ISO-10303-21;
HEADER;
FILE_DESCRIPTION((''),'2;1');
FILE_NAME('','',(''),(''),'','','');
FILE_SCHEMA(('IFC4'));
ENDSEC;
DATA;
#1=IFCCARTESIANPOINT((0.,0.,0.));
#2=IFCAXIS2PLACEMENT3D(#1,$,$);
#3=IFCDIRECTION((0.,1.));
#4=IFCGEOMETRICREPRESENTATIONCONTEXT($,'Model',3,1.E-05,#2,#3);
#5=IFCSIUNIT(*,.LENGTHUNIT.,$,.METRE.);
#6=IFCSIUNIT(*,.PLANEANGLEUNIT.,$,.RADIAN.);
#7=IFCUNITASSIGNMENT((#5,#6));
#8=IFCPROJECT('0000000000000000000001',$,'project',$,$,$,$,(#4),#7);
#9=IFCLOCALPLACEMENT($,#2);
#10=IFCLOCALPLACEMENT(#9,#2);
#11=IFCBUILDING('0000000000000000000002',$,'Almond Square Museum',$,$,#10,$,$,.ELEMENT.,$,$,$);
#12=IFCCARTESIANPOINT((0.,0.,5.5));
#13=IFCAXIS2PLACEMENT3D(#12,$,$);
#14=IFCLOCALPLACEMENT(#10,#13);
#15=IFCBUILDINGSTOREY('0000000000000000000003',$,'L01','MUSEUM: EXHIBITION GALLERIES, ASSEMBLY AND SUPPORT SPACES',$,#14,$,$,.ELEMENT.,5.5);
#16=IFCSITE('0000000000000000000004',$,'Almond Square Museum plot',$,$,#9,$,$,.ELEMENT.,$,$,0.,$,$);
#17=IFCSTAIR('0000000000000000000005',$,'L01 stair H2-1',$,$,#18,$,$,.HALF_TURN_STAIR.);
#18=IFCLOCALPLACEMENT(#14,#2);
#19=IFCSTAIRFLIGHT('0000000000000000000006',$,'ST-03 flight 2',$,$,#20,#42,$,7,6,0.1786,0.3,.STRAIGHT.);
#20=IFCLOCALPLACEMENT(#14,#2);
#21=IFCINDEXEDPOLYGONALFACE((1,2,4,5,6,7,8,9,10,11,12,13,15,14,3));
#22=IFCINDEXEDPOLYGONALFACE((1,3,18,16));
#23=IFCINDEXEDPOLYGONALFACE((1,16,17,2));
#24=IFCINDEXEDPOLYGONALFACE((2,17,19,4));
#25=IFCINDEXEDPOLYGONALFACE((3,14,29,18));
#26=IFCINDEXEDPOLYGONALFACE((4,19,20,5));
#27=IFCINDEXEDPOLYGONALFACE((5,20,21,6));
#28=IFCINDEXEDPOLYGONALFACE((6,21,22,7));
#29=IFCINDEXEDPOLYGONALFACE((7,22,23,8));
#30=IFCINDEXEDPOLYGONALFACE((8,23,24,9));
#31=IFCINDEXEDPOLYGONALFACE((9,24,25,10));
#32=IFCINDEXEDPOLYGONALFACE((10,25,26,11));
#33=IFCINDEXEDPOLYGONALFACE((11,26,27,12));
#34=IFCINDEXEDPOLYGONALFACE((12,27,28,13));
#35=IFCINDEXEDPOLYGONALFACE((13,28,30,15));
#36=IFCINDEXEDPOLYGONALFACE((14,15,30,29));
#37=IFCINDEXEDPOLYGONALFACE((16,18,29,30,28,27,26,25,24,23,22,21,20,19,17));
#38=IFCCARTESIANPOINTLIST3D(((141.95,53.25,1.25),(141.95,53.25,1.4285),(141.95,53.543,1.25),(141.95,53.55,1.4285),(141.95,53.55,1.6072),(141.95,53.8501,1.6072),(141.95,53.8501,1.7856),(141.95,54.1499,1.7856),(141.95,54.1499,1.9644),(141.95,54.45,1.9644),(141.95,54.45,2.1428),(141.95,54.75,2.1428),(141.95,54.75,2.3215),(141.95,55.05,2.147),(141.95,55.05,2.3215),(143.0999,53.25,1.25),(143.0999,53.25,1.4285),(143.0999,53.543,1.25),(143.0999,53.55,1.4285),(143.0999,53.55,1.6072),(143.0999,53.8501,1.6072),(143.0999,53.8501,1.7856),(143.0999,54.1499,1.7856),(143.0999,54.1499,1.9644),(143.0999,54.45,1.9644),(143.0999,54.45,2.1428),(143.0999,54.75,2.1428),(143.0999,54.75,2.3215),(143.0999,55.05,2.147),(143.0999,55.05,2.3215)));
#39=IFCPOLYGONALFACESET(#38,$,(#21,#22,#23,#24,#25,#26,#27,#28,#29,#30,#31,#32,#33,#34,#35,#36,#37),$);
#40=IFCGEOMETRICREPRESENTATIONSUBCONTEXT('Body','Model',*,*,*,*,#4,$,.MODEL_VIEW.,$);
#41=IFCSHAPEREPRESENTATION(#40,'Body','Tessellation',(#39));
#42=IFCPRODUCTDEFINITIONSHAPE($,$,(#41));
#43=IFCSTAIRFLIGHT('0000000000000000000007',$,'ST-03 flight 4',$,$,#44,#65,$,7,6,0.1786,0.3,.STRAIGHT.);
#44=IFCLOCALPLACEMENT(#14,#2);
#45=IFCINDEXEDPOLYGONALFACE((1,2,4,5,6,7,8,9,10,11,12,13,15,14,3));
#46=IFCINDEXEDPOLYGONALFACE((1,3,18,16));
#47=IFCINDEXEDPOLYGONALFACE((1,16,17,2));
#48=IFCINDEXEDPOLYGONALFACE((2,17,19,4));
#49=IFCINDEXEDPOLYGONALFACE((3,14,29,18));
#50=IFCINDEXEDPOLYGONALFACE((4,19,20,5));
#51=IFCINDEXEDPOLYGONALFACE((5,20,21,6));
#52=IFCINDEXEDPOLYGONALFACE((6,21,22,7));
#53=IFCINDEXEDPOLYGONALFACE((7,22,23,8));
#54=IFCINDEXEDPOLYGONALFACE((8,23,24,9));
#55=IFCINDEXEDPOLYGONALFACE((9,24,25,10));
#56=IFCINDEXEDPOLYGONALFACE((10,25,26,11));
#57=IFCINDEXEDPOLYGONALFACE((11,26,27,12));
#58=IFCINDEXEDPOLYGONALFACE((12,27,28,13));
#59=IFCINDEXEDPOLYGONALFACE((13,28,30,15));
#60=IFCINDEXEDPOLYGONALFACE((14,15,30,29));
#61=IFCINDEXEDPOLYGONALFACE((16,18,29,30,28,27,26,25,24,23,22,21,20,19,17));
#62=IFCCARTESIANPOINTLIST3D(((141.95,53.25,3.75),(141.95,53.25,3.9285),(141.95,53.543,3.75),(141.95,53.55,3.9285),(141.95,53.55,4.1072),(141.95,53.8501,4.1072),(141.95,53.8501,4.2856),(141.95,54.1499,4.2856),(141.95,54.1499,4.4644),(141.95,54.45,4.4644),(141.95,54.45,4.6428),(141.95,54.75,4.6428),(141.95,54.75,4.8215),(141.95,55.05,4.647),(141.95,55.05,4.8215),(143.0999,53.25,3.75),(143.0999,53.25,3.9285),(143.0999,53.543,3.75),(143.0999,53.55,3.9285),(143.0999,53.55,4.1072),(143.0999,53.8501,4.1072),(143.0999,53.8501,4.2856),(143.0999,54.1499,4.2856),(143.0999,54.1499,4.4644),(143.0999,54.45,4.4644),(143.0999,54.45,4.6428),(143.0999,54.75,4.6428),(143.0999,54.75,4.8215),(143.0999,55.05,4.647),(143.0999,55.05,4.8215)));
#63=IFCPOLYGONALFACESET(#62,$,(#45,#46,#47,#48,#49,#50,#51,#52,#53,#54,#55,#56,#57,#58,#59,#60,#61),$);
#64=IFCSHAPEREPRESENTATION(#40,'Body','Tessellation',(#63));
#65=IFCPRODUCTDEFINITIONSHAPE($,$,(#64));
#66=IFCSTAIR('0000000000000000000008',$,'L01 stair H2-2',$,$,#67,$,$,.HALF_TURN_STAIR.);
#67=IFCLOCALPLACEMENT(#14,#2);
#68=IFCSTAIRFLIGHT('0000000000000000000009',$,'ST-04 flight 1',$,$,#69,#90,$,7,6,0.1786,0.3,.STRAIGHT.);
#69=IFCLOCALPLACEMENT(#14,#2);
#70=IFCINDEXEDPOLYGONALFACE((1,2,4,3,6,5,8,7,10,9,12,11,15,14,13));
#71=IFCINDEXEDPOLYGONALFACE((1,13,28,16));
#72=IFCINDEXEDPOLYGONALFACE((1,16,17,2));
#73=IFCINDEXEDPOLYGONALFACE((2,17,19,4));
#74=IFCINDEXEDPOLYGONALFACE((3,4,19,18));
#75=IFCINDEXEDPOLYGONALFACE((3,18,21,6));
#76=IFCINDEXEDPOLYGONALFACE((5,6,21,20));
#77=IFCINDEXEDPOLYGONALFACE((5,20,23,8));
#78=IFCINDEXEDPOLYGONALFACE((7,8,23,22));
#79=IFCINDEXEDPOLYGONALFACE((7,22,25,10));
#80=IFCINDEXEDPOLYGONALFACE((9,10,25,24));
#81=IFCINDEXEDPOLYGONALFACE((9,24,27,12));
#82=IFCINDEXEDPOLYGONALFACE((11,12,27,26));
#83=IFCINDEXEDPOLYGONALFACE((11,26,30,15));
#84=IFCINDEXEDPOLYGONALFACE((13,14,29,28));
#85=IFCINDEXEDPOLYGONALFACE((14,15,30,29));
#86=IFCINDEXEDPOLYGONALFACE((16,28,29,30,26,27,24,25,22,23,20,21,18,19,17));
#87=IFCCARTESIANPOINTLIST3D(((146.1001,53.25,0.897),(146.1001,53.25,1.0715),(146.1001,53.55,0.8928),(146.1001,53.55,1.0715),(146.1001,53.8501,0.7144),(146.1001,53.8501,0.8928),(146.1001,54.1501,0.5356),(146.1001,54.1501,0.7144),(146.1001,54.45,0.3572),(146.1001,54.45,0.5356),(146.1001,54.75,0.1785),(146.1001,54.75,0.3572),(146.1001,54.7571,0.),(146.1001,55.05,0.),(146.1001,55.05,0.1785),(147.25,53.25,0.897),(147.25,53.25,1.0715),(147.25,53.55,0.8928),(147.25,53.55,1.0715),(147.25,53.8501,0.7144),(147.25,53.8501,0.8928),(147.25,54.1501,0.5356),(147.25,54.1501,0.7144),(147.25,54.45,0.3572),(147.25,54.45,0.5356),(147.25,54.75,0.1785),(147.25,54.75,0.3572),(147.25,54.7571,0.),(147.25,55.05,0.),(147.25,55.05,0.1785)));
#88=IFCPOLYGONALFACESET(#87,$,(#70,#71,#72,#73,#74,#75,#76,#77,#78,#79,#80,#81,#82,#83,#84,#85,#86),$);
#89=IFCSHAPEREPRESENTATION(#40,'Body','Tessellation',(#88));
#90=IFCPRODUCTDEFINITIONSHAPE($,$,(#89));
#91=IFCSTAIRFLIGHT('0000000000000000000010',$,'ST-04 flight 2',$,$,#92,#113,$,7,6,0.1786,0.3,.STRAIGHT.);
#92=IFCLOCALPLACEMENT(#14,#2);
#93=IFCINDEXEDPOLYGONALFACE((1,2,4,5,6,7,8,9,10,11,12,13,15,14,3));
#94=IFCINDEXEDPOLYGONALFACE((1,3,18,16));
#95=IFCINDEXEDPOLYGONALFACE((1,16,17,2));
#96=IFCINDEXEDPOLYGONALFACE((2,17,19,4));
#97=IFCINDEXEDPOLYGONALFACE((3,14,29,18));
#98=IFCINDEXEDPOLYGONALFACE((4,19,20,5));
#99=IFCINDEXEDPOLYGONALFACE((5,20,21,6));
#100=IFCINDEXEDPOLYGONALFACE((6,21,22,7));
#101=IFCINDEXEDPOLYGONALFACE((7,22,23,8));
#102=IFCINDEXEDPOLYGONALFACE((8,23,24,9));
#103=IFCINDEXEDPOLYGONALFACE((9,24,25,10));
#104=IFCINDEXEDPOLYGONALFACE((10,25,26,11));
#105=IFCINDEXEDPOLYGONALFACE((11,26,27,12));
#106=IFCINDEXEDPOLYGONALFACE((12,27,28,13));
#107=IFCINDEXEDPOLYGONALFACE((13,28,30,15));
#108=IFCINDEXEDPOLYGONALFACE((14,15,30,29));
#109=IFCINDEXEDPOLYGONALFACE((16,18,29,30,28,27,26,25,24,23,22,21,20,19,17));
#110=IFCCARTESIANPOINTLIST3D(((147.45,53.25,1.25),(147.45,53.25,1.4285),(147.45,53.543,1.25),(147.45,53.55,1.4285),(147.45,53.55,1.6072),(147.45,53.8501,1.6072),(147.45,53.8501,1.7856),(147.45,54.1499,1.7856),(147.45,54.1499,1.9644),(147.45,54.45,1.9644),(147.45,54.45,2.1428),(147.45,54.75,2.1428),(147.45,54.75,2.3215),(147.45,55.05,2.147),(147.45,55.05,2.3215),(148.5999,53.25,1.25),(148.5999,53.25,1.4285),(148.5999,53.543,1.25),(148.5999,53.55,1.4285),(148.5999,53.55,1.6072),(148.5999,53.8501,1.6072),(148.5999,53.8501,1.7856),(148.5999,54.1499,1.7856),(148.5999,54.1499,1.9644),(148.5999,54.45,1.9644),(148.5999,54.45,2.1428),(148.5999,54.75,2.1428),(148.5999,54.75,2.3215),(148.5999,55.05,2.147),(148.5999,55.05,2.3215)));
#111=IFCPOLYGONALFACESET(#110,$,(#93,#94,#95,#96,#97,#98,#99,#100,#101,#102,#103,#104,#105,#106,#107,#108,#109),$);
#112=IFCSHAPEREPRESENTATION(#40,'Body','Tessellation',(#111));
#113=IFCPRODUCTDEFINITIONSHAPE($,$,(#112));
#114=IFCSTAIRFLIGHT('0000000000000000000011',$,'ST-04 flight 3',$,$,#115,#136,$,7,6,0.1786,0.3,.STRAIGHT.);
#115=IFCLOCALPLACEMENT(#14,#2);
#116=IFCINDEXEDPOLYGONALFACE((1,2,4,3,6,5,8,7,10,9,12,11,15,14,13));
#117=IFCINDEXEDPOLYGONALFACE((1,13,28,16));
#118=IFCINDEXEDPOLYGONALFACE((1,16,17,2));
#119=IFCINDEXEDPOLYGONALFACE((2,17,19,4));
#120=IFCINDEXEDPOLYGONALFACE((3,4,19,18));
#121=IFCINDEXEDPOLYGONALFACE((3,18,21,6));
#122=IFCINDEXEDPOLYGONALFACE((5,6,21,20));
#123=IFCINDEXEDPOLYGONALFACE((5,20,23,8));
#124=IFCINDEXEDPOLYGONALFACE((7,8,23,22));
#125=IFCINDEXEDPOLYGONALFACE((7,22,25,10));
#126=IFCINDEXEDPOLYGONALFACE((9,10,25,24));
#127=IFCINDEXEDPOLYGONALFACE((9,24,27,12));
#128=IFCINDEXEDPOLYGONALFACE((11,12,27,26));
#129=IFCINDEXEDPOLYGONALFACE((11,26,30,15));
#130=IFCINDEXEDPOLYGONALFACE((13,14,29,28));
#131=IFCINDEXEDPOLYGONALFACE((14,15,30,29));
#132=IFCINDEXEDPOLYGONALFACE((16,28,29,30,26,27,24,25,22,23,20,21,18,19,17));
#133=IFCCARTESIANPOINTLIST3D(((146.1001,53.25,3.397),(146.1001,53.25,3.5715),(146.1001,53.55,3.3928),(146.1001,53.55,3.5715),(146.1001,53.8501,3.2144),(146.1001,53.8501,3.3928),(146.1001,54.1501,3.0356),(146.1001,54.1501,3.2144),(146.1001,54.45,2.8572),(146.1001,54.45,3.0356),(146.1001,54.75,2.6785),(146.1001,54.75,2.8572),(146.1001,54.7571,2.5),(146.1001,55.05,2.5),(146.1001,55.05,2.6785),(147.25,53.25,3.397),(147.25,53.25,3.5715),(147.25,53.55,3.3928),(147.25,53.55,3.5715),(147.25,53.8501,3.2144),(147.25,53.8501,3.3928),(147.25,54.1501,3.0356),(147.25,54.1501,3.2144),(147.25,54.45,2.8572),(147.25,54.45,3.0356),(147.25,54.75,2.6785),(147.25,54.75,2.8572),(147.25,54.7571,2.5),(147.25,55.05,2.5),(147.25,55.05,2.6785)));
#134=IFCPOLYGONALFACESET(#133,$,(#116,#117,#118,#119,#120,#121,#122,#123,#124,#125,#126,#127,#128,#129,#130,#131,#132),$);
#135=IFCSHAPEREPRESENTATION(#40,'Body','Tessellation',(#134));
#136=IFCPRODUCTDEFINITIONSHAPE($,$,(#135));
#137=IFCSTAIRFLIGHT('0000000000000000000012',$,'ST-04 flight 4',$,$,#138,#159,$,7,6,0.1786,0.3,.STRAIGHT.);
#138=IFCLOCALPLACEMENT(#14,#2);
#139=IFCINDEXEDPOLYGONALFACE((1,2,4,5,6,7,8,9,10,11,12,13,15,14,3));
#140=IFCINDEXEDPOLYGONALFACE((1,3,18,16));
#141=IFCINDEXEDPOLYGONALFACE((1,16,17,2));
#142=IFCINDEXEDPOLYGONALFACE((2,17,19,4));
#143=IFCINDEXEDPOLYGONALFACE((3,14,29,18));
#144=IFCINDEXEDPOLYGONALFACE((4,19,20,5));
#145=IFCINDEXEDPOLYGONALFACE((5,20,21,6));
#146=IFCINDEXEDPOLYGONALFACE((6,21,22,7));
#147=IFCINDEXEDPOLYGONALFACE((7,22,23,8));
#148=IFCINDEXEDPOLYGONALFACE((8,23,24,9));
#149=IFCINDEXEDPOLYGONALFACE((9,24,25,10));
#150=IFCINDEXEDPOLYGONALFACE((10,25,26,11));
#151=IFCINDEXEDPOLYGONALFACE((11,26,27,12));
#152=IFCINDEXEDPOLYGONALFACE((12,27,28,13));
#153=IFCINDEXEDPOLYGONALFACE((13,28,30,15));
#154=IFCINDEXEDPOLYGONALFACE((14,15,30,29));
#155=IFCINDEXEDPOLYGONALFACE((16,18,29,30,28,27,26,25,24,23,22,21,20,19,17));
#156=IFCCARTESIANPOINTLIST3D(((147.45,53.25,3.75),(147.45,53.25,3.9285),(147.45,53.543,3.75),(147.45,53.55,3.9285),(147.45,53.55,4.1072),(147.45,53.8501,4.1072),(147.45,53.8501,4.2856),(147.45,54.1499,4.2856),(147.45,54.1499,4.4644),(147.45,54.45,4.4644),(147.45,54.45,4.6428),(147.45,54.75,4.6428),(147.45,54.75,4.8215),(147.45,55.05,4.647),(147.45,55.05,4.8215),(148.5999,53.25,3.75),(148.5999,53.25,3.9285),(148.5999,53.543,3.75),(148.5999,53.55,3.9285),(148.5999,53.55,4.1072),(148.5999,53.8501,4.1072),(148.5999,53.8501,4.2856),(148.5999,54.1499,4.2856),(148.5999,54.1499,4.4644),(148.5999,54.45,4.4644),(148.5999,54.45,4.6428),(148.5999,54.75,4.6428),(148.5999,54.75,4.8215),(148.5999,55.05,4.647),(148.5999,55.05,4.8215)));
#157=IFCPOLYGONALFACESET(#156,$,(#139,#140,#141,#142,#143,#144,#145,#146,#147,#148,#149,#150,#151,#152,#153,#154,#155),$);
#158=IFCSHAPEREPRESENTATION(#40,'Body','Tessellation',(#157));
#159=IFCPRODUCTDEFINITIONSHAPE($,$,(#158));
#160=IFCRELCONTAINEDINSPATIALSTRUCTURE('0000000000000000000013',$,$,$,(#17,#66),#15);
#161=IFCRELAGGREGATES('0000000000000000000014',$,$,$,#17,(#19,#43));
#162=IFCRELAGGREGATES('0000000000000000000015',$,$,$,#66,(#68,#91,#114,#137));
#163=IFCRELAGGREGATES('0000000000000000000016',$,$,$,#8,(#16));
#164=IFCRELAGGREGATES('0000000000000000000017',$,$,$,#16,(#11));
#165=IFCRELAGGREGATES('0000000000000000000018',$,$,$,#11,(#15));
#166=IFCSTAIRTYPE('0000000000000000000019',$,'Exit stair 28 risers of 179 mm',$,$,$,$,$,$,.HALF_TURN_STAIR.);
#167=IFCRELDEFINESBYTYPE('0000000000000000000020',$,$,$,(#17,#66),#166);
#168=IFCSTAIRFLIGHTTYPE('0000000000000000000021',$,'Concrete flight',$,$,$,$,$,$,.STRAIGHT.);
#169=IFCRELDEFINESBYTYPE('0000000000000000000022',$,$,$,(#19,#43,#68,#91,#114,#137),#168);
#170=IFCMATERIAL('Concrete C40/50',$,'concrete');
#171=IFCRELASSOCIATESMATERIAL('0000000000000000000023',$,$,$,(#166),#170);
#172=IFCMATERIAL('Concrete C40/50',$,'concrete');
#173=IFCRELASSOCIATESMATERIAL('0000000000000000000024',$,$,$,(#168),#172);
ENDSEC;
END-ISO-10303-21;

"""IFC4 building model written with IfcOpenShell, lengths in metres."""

from ifc_helpers import new_model, si_unit, direction, frame, origin, place, context, subcontext, project, spatial, polyline, outline, extrude, material, type_object, element, aggregate, save


model = new_model("IFC4")

# Units and contexts
model_context = context("Model", 3, precision=1e-05, world=origin(), true_north=direction((0.0, 1.0)))
body_context = subcontext(model_context, "Body", "Model", "MODEL_VIEW")
ifc_project = project(units=[si_unit("LENGTHUNIT", "METRE"), si_unit("PLANEANGLEUNIT", "RADIAN")], contexts=[model_context])

# Site, building, storey
site_placement = place(None, origin())
site = spatial("IfcSite", under=ifc_project, at=site_placement, Name="Almond Square Museum plot", CompositionType="ELEMENT", RefElevation=0.0)
building_placement = place(site_placement, origin())
building = spatial("IfcBuilding", under=site, at=building_placement, Name="Almond Square Museum", CompositionType="ELEMENT")
storey_placement = place(building_placement, frame((0.0, 0.0, 5.5)))
storey = spatial("IfcBuildingStorey", under=building, at=storey_placement, Name="L01", Description="MUSEUM: EXHIBITION GALLERIES, ASSEMBLY AND SUPPORT SPACES", CompositionType="ELEMENT", Elevation=5.5)

# Stairs, stair flights
ifc_material_1 = material(Name="Concrete C40/50", Category="concrete")
stair_type = type_object("IfcStairType", Name="Exit stair 28 risers of 179 mm", PredefinedType="HALF_TURN_STAIR", material=ifc_material_1)
stair_1_placement = place(storey_placement, origin())
stair_1 = element("IfcStair", 1, at=stair_1_placement, inside=storey, type_object=stair_type, Name="L01 stair H2-1", PredefinedType="HALF_TURN_STAIR")
ifc_material_2 = material(Name="Concrete C40/50", Category="concrete")
stair_flight_type = type_object("IfcStairFlightType", Name="Concrete flight", PredefinedType="STRAIGHT", material=ifc_material_2)
stair_flight_1_placement = place(storey_placement, frame((142.5249, 53.25, 1.25), z_axis=(0.0, 0.0, 1.0), x_axis=(0.0, 1.0, 0.0)))
stair_flight_1 = element("IfcStairFlight", 2, at=stair_flight_1_placement, type_object=stair_flight_type, Name="ST-03 flight 2", NumberOfRisers=7, NumberOfTreads=6, PredefinedType="STRAIGHT", RiserHeight=0.1786, TreadLength=0.3, context=body_context, shape_type="SweptSolid", body=[
    extrude(outline(polyline([(0.0, 0.0), (0.0, 0.1785), (0.3, 0.1785), (0.3, 0.3572), (0.6001, 0.3572), (0.6001, 0.5356), (0.8999, 0.5356), (0.8999, 0.7144), (1.2, 0.7144), (1.2, 0.8928), (1.5, 0.8928), (1.5, 1.0715), (1.8, 1.0715), (1.8, 1.25), (1.8, 0.897), (0.293, 0.0), (0.0, 0.0)])), frame((0.0, 0.575, 0.0), z_axis=(0.0, -1.0, 0.0), x_axis=(1.0, 0.0, 0.0)), (0.0, 0.0, 1.0), 1.1499),
])
stair_flight_2_placement = place(storey_placement, frame((142.5249, 53.25, 3.75), z_axis=(0.0, 0.0, 1.0), x_axis=(0.0, 1.0, 0.0)))
stair_flight_2 = element("IfcStairFlight", 3, at=stair_flight_2_placement, type_object=stair_flight_type, Name="ST-03 flight 4", NumberOfRisers=7, NumberOfTreads=6, PredefinedType="STRAIGHT", RiserHeight=0.1786, TreadLength=0.3, context=body_context, shape_type="SweptSolid", body=[
    extrude(outline(polyline([(0.0, 0.0), (0.0, 0.1785), (0.3, 0.1785), (0.3, 0.3572), (0.6001, 0.3572), (0.6001, 0.5356), (0.8999, 0.5356), (0.8999, 0.7144), (1.2, 0.7144), (1.2, 0.8928), (1.5, 0.8928), (1.5, 1.0715), (1.8, 1.0715), (1.8, 1.25), (1.8, 0.897), (0.293, 0.0), (0.0, 0.0)])), frame((0.0, 0.575, 0.0), z_axis=(0.0, -1.0, 0.0), x_axis=(1.0, 0.0, 0.0)), (0.0, 0.0, 1.0), 1.1499),
])
aggregate(stair_1, [stair_flight_1, stair_flight_2])
stair_2_placement = place(storey_placement, origin())
stair_2 = element("IfcStair", 4, at=stair_2_placement, inside=storey, type_object=stair_type, Name="L01 stair H2-2", PredefinedType="HALF_TURN_STAIR")
stair_flight_3_placement = place(storey_placement, frame((146.675, 55.05, 0.0), z_axis=(0.0, 0.0, 1.0), x_axis=(0.0, -1.0, 0.0)))
stair_flight_3 = element("IfcStairFlight", 5, at=stair_flight_3_placement, type_object=stair_flight_type, Name="ST-04 flight 1", NumberOfRisers=7, NumberOfTreads=6, PredefinedType="STRAIGHT", RiserHeight=0.1786, TreadLength=0.3, context=body_context, shape_type="SweptSolid", body=[
    extrude(outline(polyline([(0.0, 0.0), (0.0, 0.1785), (0.3, 0.1785), (0.3, 0.3572), (0.6001, 0.3572), (0.6001, 0.5356), (0.8999, 0.5356), (0.8999, 0.7144), (1.2, 0.7144), (1.2, 0.8928), (1.5, 0.8928), (1.5, 1.0715), (1.8, 1.0715), (1.8, 1.25), (1.8, 0.897), (0.293, 0.0), (0.0, 0.0)])), frame((0.0, 0.575, 0.0), z_axis=(0.0, -1.0, 0.0), x_axis=(1.0, 0.0, 0.0)), (0.0, 0.0, 1.0), 1.1499),
])
stair_flight_4_placement = place(storey_placement, frame((148.0249, 53.25, 1.25), z_axis=(0.0, 0.0, 1.0), x_axis=(0.0, 1.0, 0.0)))
stair_flight_4 = element("IfcStairFlight", 6, at=stair_flight_4_placement, type_object=stair_flight_type, Name="ST-04 flight 2", NumberOfRisers=7, NumberOfTreads=6, PredefinedType="STRAIGHT", RiserHeight=0.1786, TreadLength=0.3, context=body_context, shape_type="SweptSolid", body=[
    extrude(outline(polyline([(0.0, 0.0), (0.0, 0.1785), (0.3, 0.1785), (0.3, 0.3572), (0.6001, 0.3572), (0.6001, 0.5356), (0.8999, 0.5356), (0.8999, 0.7144), (1.2, 0.7144), (1.2, 0.8928), (1.5, 0.8928), (1.5, 1.0715), (1.8, 1.0715), (1.8, 1.25), (1.8, 0.897), (0.293, 0.0), (0.0, 0.0)])), frame((0.0, 0.575, 0.0), z_axis=(0.0, -1.0, 0.0), x_axis=(1.0, 0.0, 0.0)), (0.0, 0.0, 1.0), 1.1499),
])
stair_flight_5_placement = place(storey_placement, frame((146.675, 55.05, 2.5), z_axis=(0.0, 0.0, 1.0), x_axis=(0.0, -1.0, 0.0)))
stair_flight_5 = element("IfcStairFlight", 7, at=stair_flight_5_placement, type_object=stair_flight_type, Name="ST-04 flight 3", NumberOfRisers=7, NumberOfTreads=6, PredefinedType="STRAIGHT", RiserHeight=0.1786, TreadLength=0.3, context=body_context, shape_type="SweptSolid", body=[
    extrude(outline(polyline([(0.0, 0.0), (0.0, 0.1785), (0.3, 0.1785), (0.3, 0.3572), (0.6001, 0.3572), (0.6001, 0.5356), (0.8999, 0.5356), (0.8999, 0.7144), (1.2, 0.7144), (1.2, 0.8928), (1.5, 0.8928), (1.5, 1.0715), (1.8, 1.0715), (1.8, 1.25), (1.8, 0.897), (0.293, 0.0), (0.0, 0.0)])), frame((0.0, 0.575, 0.0), z_axis=(0.0, -1.0, 0.0), x_axis=(1.0, 0.0, 0.0)), (0.0, 0.0, 1.0), 1.1499),
])
stair_flight_6_placement = place(storey_placement, frame((148.0249, 53.25, 3.75), z_axis=(0.0, 0.0, 1.0), x_axis=(0.0, 1.0, 0.0)))
stair_flight_6 = element("IfcStairFlight", 8, at=stair_flight_6_placement, type_object=stair_flight_type, Name="ST-04 flight 4", NumberOfRisers=7, NumberOfTreads=6, PredefinedType="STRAIGHT", RiserHeight=0.1786, TreadLength=0.3, context=body_context, shape_type="SweptSolid", body=[
    extrude(outline(polyline([(0.0, 0.0), (0.0, 0.1785), (0.3, 0.1785), (0.3, 0.3572), (0.6001, 0.3572), (0.6001, 0.5356), (0.8999, 0.5356), (0.8999, 0.7144), (1.2, 0.7144), (1.2, 0.8928), (1.5, 0.8928), (1.5, 1.0715), (1.8, 1.0715), (1.8, 1.25), (1.8, 0.897), (0.293, 0.0), (0.0, 0.0)])), frame((0.0, 0.575, 0.0), z_axis=(0.0, -1.0, 0.0), x_axis=(1.0, 0.0, 0.0)), (0.0, 0.0, 1.0), 1.1499),
])
aggregate(stair_2, [stair_flight_3, stair_flight_4, stair_flight_5, stair_flight_6])

save(model, "model.ifc")
